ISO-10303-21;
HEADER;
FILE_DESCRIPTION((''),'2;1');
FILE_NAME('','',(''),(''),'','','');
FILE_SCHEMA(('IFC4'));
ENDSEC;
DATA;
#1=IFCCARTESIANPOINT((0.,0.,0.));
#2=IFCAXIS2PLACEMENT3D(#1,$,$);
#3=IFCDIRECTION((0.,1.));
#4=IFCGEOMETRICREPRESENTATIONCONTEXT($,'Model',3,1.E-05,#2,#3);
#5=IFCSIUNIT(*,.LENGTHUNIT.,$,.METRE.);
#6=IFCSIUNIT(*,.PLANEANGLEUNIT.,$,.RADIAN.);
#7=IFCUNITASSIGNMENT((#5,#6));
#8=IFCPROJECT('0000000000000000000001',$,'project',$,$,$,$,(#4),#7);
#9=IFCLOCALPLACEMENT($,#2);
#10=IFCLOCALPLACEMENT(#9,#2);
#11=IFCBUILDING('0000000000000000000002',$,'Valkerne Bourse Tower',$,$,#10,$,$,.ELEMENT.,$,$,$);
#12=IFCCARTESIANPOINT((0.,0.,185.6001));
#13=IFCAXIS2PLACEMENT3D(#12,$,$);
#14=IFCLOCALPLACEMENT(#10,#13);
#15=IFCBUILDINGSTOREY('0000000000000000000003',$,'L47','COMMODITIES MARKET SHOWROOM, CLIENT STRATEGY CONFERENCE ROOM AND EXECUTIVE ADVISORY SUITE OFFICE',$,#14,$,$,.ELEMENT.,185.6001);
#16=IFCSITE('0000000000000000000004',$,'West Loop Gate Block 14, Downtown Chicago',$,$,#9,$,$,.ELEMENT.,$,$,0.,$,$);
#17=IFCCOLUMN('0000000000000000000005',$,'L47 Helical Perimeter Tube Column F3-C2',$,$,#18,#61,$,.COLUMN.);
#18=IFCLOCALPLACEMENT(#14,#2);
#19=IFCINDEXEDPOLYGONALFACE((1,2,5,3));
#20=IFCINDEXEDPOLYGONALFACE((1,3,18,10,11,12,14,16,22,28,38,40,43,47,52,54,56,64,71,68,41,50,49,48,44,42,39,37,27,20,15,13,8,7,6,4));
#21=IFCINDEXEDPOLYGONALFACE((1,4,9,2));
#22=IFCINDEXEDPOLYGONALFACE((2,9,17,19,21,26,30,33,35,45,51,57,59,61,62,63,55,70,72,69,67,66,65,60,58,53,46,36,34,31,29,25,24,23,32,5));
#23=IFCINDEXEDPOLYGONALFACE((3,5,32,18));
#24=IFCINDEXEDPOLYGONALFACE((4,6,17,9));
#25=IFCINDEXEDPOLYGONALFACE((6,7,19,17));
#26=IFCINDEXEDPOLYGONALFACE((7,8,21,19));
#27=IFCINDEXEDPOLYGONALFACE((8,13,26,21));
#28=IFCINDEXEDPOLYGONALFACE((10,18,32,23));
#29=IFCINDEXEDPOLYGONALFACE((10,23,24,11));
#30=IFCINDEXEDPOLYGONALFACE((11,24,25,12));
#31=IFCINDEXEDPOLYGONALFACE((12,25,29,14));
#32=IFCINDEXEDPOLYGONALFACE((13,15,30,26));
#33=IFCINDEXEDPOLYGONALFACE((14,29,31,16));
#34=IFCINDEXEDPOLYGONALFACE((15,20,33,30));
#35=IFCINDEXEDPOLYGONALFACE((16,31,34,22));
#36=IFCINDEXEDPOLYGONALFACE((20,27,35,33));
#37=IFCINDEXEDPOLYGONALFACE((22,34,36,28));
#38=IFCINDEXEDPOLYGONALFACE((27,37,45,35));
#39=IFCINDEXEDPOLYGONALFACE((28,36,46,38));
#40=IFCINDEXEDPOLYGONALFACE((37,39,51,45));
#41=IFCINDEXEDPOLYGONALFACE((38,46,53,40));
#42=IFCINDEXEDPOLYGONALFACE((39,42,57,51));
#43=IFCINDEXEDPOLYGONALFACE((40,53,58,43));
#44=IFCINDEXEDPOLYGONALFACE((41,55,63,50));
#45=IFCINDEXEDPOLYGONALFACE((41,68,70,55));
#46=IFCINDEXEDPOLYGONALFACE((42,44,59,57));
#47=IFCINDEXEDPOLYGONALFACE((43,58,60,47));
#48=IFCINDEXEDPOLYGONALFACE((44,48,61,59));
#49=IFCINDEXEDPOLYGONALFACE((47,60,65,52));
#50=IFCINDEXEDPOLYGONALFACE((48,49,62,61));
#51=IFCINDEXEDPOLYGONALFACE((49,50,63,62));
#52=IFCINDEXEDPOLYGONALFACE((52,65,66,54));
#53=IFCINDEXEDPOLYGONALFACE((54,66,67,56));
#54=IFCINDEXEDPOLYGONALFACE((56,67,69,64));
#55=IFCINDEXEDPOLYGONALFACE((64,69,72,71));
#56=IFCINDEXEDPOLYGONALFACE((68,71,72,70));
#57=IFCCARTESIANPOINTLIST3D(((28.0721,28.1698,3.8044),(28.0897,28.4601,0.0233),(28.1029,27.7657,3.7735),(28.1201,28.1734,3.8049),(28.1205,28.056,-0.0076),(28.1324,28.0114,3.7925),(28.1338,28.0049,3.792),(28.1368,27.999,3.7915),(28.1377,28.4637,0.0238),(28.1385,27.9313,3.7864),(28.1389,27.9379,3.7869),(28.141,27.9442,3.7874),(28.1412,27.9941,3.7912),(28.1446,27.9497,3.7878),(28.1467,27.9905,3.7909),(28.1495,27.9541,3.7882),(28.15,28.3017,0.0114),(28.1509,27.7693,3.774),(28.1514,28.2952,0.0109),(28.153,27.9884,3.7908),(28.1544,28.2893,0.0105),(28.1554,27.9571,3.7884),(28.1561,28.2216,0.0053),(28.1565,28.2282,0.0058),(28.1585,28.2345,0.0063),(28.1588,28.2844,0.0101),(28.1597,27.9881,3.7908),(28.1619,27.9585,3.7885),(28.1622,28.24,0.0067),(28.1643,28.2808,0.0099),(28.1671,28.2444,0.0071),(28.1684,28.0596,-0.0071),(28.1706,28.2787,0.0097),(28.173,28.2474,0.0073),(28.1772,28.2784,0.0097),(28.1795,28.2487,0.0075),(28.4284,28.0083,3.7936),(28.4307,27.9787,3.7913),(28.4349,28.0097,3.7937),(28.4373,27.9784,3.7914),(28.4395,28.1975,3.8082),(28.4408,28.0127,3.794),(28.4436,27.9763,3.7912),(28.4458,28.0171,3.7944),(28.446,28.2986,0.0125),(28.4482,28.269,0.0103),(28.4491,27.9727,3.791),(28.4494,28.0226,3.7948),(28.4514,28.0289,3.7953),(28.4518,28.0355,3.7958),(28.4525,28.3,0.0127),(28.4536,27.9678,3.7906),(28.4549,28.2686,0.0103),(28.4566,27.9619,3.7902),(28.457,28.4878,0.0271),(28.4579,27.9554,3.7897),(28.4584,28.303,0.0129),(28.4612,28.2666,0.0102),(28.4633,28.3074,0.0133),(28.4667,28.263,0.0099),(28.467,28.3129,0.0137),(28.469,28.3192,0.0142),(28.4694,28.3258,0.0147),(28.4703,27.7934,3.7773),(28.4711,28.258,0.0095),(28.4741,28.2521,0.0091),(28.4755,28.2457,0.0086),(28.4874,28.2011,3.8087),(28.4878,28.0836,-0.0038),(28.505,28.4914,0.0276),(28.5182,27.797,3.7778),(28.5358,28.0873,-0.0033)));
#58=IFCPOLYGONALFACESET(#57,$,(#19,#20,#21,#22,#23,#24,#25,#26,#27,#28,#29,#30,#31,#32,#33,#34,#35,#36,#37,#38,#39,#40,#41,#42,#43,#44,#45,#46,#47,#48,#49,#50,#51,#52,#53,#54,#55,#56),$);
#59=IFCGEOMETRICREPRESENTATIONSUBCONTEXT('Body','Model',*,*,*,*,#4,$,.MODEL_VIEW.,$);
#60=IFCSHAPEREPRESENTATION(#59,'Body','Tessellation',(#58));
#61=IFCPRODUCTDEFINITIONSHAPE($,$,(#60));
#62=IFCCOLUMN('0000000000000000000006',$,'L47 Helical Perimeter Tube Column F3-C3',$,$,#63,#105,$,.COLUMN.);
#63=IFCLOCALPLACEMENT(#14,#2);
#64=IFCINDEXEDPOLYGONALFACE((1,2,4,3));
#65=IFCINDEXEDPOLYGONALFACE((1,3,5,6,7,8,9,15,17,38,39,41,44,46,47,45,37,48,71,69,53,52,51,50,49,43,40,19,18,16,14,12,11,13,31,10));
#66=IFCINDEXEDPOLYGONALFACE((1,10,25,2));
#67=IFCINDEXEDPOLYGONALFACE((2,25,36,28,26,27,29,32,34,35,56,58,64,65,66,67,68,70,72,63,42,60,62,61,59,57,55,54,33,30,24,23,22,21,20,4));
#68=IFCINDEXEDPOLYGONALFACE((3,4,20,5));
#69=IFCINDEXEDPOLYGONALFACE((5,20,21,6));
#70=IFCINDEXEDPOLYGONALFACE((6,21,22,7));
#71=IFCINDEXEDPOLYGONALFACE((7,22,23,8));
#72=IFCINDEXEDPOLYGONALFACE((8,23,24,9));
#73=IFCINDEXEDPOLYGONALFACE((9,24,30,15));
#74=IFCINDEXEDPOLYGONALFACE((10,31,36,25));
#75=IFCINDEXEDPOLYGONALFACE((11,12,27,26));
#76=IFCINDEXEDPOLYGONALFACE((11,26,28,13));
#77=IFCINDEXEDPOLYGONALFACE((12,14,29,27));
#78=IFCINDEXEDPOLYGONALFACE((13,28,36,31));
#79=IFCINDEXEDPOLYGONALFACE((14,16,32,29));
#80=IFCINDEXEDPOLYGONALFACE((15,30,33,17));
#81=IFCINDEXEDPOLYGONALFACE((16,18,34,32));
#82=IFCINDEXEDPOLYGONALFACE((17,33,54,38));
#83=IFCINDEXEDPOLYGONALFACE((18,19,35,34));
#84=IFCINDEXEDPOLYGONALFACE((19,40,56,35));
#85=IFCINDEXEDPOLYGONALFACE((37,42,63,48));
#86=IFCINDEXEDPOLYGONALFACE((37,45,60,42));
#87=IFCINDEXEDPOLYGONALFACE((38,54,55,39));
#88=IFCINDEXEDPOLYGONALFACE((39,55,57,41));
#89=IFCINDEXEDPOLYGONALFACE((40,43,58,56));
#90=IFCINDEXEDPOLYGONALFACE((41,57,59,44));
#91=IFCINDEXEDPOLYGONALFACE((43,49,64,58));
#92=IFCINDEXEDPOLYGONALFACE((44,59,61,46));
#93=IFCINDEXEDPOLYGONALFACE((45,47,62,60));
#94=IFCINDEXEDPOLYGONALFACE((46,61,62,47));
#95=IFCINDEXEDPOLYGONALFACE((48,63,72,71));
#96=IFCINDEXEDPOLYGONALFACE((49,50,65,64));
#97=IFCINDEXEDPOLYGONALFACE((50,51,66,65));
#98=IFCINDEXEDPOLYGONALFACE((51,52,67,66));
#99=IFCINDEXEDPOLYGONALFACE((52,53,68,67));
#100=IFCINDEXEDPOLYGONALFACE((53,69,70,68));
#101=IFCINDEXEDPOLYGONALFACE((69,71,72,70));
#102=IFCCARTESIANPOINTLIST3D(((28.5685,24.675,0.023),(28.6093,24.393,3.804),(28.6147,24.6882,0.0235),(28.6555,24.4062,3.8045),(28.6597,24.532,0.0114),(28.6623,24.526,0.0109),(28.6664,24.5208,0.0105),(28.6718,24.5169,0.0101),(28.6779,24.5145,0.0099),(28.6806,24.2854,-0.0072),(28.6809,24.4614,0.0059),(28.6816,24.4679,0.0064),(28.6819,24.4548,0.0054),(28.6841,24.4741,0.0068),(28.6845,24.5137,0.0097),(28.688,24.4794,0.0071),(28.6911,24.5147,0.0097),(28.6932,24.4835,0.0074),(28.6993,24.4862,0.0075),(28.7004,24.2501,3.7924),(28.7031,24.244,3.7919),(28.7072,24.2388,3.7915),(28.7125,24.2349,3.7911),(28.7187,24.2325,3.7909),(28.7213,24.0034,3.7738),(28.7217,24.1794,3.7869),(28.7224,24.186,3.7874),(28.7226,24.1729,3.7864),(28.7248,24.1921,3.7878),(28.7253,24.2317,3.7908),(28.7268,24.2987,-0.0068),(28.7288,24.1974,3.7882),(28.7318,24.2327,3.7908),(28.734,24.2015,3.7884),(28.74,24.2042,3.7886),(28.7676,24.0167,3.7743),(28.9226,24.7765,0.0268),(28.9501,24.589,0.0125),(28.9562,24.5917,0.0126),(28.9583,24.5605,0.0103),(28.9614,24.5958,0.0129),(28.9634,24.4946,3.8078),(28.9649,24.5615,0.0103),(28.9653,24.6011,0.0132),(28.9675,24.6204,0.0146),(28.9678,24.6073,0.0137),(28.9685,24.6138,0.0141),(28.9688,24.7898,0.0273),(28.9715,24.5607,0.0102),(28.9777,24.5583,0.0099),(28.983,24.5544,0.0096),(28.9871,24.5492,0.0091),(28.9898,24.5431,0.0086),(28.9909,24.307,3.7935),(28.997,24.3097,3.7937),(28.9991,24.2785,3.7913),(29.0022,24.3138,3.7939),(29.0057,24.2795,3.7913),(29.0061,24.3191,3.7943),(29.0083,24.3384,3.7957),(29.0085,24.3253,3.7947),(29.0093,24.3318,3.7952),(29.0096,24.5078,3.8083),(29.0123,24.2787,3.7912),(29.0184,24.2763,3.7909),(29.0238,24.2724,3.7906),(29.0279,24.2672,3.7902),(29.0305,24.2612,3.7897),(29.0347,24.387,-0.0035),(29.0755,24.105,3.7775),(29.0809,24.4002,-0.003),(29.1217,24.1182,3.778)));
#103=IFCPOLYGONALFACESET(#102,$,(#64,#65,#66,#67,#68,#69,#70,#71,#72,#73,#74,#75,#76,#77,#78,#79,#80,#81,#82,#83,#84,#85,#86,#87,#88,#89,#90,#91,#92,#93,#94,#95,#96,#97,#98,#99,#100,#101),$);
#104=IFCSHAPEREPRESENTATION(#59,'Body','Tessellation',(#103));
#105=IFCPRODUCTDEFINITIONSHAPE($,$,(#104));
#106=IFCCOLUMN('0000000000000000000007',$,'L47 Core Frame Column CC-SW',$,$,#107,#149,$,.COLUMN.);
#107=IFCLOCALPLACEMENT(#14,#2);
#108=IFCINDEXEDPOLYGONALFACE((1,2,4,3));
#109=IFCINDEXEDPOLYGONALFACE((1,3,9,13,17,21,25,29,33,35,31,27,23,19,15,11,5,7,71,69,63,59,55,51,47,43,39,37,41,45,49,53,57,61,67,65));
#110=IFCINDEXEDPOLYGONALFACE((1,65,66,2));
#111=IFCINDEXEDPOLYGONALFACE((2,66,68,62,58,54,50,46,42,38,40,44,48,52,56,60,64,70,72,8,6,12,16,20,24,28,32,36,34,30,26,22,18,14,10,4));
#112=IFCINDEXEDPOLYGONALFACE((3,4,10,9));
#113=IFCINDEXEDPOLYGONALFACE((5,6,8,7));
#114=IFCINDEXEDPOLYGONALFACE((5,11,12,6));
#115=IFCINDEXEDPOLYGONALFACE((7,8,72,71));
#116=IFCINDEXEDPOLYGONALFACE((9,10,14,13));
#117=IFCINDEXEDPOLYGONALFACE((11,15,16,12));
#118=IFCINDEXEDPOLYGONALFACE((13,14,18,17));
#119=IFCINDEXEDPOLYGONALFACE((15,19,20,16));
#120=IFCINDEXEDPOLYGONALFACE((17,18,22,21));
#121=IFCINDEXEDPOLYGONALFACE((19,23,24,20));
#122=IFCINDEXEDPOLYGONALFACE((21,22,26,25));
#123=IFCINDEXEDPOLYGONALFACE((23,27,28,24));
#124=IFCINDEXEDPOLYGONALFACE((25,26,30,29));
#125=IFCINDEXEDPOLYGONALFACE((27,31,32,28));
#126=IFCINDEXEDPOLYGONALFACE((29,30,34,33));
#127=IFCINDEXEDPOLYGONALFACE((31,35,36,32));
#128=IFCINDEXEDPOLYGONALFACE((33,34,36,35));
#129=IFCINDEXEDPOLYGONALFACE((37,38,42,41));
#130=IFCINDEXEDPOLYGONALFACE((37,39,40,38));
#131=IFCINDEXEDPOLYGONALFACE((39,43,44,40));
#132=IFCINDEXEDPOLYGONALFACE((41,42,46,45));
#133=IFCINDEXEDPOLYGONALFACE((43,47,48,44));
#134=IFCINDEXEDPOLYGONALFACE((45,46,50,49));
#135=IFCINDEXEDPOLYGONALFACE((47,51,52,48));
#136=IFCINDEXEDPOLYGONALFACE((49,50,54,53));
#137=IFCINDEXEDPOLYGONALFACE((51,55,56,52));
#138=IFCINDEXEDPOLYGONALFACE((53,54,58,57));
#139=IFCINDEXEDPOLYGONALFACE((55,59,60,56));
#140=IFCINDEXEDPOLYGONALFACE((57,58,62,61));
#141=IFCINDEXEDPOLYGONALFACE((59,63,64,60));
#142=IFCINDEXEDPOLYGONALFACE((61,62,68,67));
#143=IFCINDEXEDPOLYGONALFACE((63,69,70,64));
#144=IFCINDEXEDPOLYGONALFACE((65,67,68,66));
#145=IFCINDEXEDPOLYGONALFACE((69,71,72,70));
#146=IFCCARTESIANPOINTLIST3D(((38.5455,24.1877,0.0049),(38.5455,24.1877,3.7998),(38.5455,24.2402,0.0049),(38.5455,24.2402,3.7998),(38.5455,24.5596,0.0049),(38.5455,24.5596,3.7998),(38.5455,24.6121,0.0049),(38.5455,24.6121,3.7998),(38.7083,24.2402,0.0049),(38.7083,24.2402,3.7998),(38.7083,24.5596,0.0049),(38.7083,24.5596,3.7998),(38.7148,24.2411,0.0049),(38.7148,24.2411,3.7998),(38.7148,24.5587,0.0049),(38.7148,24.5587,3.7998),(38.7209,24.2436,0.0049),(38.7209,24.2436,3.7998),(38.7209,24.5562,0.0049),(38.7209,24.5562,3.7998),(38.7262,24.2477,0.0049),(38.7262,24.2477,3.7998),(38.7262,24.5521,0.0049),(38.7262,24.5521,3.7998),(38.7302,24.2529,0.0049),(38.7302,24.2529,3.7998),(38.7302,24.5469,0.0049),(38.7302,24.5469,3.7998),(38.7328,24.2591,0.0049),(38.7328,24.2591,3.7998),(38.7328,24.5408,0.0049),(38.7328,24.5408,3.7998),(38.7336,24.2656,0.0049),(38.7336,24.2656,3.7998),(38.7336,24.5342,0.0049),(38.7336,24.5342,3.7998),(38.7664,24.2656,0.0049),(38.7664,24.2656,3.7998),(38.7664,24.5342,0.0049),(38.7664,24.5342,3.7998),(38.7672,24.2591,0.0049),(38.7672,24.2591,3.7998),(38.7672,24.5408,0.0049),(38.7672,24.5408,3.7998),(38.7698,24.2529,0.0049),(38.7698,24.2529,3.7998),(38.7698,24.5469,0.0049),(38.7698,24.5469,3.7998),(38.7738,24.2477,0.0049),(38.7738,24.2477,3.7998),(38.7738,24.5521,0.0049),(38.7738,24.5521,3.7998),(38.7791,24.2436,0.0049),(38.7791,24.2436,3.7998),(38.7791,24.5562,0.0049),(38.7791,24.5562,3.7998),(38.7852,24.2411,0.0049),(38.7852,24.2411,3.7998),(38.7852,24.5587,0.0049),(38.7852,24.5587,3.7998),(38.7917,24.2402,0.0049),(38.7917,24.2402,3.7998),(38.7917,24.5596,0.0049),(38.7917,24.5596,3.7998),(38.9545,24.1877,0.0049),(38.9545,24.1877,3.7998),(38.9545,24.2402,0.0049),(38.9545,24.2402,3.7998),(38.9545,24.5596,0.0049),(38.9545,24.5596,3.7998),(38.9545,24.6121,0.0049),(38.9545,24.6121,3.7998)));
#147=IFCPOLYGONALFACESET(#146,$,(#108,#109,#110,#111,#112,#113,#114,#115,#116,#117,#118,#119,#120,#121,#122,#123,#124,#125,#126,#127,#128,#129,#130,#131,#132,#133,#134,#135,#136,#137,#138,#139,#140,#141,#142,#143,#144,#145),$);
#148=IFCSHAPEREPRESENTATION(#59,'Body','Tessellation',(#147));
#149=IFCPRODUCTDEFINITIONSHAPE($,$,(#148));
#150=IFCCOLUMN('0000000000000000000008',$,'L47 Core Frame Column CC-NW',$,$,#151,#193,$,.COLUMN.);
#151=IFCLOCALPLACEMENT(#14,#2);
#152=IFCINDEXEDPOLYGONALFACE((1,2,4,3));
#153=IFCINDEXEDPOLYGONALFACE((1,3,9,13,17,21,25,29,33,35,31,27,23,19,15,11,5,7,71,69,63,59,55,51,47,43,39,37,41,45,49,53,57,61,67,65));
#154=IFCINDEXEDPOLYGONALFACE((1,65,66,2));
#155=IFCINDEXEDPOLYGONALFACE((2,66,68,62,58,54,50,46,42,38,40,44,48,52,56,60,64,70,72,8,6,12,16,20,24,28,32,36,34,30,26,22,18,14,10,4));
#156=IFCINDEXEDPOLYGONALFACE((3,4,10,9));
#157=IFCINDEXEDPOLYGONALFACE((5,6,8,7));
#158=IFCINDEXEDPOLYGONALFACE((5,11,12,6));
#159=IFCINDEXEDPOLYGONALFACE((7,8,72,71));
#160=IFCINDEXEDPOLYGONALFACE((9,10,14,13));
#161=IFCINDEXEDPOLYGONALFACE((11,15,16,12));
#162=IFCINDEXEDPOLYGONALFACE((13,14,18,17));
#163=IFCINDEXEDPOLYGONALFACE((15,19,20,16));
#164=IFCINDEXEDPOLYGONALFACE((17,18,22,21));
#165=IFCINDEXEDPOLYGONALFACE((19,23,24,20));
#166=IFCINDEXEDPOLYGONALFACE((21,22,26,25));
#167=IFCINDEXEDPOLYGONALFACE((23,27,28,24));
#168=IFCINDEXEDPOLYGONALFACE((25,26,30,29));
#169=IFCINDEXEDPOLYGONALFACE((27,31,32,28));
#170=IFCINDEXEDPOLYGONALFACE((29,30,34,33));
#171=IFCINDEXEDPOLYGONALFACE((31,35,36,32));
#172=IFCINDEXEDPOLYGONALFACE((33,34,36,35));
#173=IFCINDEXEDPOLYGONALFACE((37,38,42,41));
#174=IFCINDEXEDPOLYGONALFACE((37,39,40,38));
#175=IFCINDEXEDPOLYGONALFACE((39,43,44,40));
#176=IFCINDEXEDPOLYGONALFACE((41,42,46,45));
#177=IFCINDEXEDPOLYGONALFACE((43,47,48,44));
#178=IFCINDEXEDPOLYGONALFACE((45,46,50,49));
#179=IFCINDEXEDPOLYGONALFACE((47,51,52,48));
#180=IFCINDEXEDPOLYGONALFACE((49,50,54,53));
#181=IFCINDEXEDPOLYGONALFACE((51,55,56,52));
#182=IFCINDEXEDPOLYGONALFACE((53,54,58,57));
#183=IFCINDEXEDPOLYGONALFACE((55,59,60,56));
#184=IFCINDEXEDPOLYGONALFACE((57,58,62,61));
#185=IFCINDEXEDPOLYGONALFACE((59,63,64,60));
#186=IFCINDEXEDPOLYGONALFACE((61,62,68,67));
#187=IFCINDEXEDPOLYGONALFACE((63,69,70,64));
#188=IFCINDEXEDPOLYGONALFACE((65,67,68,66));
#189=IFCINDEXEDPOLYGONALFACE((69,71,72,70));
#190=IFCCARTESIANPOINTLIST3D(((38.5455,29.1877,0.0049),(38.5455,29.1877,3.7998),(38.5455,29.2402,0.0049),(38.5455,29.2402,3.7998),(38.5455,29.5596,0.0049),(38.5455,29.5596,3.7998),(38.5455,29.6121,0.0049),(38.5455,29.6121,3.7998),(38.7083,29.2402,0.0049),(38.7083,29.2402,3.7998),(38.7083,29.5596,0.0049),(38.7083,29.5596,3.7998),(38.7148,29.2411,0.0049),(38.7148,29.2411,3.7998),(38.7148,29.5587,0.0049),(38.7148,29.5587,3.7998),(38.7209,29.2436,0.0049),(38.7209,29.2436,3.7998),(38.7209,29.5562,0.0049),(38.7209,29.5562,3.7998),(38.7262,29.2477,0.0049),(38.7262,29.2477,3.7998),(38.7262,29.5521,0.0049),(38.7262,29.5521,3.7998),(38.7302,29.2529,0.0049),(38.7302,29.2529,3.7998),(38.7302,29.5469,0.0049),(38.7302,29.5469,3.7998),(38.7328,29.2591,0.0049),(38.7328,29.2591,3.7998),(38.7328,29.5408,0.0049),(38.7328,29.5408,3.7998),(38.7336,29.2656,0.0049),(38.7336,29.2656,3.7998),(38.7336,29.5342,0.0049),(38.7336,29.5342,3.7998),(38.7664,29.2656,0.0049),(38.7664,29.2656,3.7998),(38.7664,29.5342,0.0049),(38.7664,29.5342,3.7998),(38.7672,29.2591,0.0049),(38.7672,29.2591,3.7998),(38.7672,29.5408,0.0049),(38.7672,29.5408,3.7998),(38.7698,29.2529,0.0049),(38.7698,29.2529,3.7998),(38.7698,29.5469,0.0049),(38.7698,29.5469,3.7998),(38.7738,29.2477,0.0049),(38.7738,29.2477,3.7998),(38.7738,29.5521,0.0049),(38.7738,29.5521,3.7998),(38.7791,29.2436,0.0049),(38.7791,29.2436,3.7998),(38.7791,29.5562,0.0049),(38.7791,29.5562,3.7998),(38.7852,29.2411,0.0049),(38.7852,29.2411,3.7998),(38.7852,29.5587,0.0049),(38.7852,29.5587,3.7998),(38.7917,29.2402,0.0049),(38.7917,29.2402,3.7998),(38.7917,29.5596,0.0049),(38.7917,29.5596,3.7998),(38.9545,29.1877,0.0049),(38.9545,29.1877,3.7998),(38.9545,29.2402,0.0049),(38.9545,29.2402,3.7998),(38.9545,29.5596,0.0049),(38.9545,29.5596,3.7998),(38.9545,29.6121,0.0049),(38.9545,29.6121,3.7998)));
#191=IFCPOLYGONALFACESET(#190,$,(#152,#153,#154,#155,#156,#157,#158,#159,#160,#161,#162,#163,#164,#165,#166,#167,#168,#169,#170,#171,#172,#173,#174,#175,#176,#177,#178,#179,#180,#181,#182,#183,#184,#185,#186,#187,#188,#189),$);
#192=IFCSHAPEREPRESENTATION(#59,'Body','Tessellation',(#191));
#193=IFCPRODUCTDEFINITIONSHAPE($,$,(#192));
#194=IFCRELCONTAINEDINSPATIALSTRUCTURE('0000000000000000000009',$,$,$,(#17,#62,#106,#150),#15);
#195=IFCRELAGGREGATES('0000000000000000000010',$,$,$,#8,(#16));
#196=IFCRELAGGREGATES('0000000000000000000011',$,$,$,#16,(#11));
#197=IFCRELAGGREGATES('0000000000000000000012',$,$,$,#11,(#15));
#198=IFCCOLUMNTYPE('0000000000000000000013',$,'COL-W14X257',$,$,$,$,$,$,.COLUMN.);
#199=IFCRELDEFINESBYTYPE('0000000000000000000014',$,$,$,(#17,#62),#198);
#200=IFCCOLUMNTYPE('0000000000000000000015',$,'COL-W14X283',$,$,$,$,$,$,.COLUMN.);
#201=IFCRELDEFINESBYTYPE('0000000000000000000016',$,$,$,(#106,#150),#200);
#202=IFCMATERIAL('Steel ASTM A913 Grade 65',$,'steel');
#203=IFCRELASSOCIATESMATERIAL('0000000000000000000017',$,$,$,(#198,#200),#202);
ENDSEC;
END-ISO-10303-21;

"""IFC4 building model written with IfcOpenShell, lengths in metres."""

from ifc_helpers import new_model, si_unit, direction, frame, origin, origin_2d, place, context, subcontext, project, spatial, i_section, extrude, material, material_profile, profile_set, type_object, element, save


model = new_model("IFC4")

# Units and contexts
model_context = context("Model", 3, precision=1e-05, world=origin(), true_north=direction((0.0, 1.0)))
body_context = subcontext(model_context, "Body", "Model", "MODEL_VIEW")
ifc_project = project(units=[si_unit("LENGTHUNIT", "METRE"), si_unit("PLANEANGLEUNIT", "RADIAN")], contexts=[model_context])

# Site, building, storey
site_placement = place(None, origin())
site = spatial("IfcSite", under=ifc_project, at=site_placement, Name="West Loop Gate Block 14, Downtown Chicago", CompositionType="ELEMENT", RefElevation=0.0)
building_placement = place(site_placement, origin())
building = spatial("IfcBuilding", under=site, at=building_placement, Name="Valkerne Bourse Tower", CompositionType="ELEMENT")
storey_placement = place(building_placement, frame((0.0, 0.0, 185.6001)))
storey = spatial("IfcBuildingStorey", under=building, at=storey_placement, Name="L47", Description="COMMODITIES MARKET SHOWROOM, CLIENT STRATEGY CONFERENCE ROOM AND EXECUTIVE ADVISORY SUITE OFFICE", CompositionType="ELEMENT", Elevation=185.6001)

# Columns
ifc_material_1 = material(Name="Steel ASTM A913 Grade 65", Category="steel")
ifc_material_profile_1 = material_profile(ifc_material_1, i_section(OverallWidth=0.4065, OverallDepth=0.4165, WebThickness=0.0298, FlangeThickness=0.0481, FilletRadius=0.0254, at=origin_2d()), Name="W14X257")
ifc_profile_set_1 = profile_set([ifc_material_profile_1], Name="Steel ASTM A913 Grade 65")
column_type_1 = type_object("IfcColumnType", Name="COL-W14X257", PredefinedType="COLUMN", material=ifc_profile_set_1)
column_1_placement = place(storey_placement, frame((28.3127, 28.2737, 0.01), z_axis=(-0.004635, -0.076548, 0.997055), x_axis=(0.075759, -0.994227, -0.075979)))
element("IfcColumn", 1, at=column_1_placement, inside=storey, type_object=column_type_1, Name="L47 Helical Perimeter Tube Column F3-C2", PredefinedType="COLUMN", context=body_context, shape_type="SweptSolid", body=[
    extrude(i_section(OverallWidth=0.4065, OverallDepth=0.4165, WebThickness=0.0298, FlangeThickness=0.0481, FilletRadius=0.0254, at=origin_2d()), origin(), (0.0, 0.0, 1.0), 3.7922),
])
column_2_placement = place(storey_placement, frame((28.8247, 24.5376, 0.01), z_axis=(0.010753, -0.074368, 0.997173), x_axis=(0.275695, -0.958358, -0.074446)))
element("IfcColumn", 2, at=column_2_placement, inside=storey, type_object=column_type_1, Name="L47 Helical Perimeter Tube Column F3-C3", PredefinedType="COLUMN", context=body_context, shape_type="SweptSolid", body=[
    extrude(i_section(OverallWidth=0.4065, OverallDepth=0.4165, WebThickness=0.0298, FlangeThickness=0.0481, FilletRadius=0.0254, at=origin_2d()), origin(), (0.0, 0.0, 1.0), 3.7917),
])
ifc_material_profile_2 = material_profile(ifc_material_1, i_section(OverallWidth=0.4089, OverallDepth=0.4243, WebThickness=0.0327, FlangeThickness=0.0525, FilletRadius=0.0254, at=origin_2d()), Name="W14X283")
ifc_profile_set_2 = profile_set([ifc_material_profile_2], Name="Steel ASTM A913 Grade 65")
column_type_2 = type_object("IfcColumnType", Name="COL-W14X283", PredefinedType="COLUMN", material=ifc_profile_set_2)
for number, where, z_axis, x_axis, name in (
    (3, (38.75, 24.3999, 0.0049), (0.0, 0.0, 1.0), (1.0, 0.0, 0.0), "L47 Core Frame Column CC-SW"),
    (4, (38.75, 29.3999, 0.0049), (0.0, 0.0, 1.0), (1.0, 0.0, 0.0), "L47 Core Frame Column CC-NW"),
):
    element("IfcColumn", number, at=place(storey_placement, frame(where, z_axis=z_axis, x_axis=x_axis)), inside=storey, type_object=column_type_2, Name=name, PredefinedType="COLUMN", context=body_context, shape_type="SweptSolid", body=[
        extrude(i_section(OverallWidth=0.4089, OverallDepth=0.4243, WebThickness=0.0327, FlangeThickness=0.0525, FilletRadius=0.0254, at=origin_2d()), origin(), (0.0, 0.0, 1.0), 3.7949),
    ])

save(model, "model.ifc")
